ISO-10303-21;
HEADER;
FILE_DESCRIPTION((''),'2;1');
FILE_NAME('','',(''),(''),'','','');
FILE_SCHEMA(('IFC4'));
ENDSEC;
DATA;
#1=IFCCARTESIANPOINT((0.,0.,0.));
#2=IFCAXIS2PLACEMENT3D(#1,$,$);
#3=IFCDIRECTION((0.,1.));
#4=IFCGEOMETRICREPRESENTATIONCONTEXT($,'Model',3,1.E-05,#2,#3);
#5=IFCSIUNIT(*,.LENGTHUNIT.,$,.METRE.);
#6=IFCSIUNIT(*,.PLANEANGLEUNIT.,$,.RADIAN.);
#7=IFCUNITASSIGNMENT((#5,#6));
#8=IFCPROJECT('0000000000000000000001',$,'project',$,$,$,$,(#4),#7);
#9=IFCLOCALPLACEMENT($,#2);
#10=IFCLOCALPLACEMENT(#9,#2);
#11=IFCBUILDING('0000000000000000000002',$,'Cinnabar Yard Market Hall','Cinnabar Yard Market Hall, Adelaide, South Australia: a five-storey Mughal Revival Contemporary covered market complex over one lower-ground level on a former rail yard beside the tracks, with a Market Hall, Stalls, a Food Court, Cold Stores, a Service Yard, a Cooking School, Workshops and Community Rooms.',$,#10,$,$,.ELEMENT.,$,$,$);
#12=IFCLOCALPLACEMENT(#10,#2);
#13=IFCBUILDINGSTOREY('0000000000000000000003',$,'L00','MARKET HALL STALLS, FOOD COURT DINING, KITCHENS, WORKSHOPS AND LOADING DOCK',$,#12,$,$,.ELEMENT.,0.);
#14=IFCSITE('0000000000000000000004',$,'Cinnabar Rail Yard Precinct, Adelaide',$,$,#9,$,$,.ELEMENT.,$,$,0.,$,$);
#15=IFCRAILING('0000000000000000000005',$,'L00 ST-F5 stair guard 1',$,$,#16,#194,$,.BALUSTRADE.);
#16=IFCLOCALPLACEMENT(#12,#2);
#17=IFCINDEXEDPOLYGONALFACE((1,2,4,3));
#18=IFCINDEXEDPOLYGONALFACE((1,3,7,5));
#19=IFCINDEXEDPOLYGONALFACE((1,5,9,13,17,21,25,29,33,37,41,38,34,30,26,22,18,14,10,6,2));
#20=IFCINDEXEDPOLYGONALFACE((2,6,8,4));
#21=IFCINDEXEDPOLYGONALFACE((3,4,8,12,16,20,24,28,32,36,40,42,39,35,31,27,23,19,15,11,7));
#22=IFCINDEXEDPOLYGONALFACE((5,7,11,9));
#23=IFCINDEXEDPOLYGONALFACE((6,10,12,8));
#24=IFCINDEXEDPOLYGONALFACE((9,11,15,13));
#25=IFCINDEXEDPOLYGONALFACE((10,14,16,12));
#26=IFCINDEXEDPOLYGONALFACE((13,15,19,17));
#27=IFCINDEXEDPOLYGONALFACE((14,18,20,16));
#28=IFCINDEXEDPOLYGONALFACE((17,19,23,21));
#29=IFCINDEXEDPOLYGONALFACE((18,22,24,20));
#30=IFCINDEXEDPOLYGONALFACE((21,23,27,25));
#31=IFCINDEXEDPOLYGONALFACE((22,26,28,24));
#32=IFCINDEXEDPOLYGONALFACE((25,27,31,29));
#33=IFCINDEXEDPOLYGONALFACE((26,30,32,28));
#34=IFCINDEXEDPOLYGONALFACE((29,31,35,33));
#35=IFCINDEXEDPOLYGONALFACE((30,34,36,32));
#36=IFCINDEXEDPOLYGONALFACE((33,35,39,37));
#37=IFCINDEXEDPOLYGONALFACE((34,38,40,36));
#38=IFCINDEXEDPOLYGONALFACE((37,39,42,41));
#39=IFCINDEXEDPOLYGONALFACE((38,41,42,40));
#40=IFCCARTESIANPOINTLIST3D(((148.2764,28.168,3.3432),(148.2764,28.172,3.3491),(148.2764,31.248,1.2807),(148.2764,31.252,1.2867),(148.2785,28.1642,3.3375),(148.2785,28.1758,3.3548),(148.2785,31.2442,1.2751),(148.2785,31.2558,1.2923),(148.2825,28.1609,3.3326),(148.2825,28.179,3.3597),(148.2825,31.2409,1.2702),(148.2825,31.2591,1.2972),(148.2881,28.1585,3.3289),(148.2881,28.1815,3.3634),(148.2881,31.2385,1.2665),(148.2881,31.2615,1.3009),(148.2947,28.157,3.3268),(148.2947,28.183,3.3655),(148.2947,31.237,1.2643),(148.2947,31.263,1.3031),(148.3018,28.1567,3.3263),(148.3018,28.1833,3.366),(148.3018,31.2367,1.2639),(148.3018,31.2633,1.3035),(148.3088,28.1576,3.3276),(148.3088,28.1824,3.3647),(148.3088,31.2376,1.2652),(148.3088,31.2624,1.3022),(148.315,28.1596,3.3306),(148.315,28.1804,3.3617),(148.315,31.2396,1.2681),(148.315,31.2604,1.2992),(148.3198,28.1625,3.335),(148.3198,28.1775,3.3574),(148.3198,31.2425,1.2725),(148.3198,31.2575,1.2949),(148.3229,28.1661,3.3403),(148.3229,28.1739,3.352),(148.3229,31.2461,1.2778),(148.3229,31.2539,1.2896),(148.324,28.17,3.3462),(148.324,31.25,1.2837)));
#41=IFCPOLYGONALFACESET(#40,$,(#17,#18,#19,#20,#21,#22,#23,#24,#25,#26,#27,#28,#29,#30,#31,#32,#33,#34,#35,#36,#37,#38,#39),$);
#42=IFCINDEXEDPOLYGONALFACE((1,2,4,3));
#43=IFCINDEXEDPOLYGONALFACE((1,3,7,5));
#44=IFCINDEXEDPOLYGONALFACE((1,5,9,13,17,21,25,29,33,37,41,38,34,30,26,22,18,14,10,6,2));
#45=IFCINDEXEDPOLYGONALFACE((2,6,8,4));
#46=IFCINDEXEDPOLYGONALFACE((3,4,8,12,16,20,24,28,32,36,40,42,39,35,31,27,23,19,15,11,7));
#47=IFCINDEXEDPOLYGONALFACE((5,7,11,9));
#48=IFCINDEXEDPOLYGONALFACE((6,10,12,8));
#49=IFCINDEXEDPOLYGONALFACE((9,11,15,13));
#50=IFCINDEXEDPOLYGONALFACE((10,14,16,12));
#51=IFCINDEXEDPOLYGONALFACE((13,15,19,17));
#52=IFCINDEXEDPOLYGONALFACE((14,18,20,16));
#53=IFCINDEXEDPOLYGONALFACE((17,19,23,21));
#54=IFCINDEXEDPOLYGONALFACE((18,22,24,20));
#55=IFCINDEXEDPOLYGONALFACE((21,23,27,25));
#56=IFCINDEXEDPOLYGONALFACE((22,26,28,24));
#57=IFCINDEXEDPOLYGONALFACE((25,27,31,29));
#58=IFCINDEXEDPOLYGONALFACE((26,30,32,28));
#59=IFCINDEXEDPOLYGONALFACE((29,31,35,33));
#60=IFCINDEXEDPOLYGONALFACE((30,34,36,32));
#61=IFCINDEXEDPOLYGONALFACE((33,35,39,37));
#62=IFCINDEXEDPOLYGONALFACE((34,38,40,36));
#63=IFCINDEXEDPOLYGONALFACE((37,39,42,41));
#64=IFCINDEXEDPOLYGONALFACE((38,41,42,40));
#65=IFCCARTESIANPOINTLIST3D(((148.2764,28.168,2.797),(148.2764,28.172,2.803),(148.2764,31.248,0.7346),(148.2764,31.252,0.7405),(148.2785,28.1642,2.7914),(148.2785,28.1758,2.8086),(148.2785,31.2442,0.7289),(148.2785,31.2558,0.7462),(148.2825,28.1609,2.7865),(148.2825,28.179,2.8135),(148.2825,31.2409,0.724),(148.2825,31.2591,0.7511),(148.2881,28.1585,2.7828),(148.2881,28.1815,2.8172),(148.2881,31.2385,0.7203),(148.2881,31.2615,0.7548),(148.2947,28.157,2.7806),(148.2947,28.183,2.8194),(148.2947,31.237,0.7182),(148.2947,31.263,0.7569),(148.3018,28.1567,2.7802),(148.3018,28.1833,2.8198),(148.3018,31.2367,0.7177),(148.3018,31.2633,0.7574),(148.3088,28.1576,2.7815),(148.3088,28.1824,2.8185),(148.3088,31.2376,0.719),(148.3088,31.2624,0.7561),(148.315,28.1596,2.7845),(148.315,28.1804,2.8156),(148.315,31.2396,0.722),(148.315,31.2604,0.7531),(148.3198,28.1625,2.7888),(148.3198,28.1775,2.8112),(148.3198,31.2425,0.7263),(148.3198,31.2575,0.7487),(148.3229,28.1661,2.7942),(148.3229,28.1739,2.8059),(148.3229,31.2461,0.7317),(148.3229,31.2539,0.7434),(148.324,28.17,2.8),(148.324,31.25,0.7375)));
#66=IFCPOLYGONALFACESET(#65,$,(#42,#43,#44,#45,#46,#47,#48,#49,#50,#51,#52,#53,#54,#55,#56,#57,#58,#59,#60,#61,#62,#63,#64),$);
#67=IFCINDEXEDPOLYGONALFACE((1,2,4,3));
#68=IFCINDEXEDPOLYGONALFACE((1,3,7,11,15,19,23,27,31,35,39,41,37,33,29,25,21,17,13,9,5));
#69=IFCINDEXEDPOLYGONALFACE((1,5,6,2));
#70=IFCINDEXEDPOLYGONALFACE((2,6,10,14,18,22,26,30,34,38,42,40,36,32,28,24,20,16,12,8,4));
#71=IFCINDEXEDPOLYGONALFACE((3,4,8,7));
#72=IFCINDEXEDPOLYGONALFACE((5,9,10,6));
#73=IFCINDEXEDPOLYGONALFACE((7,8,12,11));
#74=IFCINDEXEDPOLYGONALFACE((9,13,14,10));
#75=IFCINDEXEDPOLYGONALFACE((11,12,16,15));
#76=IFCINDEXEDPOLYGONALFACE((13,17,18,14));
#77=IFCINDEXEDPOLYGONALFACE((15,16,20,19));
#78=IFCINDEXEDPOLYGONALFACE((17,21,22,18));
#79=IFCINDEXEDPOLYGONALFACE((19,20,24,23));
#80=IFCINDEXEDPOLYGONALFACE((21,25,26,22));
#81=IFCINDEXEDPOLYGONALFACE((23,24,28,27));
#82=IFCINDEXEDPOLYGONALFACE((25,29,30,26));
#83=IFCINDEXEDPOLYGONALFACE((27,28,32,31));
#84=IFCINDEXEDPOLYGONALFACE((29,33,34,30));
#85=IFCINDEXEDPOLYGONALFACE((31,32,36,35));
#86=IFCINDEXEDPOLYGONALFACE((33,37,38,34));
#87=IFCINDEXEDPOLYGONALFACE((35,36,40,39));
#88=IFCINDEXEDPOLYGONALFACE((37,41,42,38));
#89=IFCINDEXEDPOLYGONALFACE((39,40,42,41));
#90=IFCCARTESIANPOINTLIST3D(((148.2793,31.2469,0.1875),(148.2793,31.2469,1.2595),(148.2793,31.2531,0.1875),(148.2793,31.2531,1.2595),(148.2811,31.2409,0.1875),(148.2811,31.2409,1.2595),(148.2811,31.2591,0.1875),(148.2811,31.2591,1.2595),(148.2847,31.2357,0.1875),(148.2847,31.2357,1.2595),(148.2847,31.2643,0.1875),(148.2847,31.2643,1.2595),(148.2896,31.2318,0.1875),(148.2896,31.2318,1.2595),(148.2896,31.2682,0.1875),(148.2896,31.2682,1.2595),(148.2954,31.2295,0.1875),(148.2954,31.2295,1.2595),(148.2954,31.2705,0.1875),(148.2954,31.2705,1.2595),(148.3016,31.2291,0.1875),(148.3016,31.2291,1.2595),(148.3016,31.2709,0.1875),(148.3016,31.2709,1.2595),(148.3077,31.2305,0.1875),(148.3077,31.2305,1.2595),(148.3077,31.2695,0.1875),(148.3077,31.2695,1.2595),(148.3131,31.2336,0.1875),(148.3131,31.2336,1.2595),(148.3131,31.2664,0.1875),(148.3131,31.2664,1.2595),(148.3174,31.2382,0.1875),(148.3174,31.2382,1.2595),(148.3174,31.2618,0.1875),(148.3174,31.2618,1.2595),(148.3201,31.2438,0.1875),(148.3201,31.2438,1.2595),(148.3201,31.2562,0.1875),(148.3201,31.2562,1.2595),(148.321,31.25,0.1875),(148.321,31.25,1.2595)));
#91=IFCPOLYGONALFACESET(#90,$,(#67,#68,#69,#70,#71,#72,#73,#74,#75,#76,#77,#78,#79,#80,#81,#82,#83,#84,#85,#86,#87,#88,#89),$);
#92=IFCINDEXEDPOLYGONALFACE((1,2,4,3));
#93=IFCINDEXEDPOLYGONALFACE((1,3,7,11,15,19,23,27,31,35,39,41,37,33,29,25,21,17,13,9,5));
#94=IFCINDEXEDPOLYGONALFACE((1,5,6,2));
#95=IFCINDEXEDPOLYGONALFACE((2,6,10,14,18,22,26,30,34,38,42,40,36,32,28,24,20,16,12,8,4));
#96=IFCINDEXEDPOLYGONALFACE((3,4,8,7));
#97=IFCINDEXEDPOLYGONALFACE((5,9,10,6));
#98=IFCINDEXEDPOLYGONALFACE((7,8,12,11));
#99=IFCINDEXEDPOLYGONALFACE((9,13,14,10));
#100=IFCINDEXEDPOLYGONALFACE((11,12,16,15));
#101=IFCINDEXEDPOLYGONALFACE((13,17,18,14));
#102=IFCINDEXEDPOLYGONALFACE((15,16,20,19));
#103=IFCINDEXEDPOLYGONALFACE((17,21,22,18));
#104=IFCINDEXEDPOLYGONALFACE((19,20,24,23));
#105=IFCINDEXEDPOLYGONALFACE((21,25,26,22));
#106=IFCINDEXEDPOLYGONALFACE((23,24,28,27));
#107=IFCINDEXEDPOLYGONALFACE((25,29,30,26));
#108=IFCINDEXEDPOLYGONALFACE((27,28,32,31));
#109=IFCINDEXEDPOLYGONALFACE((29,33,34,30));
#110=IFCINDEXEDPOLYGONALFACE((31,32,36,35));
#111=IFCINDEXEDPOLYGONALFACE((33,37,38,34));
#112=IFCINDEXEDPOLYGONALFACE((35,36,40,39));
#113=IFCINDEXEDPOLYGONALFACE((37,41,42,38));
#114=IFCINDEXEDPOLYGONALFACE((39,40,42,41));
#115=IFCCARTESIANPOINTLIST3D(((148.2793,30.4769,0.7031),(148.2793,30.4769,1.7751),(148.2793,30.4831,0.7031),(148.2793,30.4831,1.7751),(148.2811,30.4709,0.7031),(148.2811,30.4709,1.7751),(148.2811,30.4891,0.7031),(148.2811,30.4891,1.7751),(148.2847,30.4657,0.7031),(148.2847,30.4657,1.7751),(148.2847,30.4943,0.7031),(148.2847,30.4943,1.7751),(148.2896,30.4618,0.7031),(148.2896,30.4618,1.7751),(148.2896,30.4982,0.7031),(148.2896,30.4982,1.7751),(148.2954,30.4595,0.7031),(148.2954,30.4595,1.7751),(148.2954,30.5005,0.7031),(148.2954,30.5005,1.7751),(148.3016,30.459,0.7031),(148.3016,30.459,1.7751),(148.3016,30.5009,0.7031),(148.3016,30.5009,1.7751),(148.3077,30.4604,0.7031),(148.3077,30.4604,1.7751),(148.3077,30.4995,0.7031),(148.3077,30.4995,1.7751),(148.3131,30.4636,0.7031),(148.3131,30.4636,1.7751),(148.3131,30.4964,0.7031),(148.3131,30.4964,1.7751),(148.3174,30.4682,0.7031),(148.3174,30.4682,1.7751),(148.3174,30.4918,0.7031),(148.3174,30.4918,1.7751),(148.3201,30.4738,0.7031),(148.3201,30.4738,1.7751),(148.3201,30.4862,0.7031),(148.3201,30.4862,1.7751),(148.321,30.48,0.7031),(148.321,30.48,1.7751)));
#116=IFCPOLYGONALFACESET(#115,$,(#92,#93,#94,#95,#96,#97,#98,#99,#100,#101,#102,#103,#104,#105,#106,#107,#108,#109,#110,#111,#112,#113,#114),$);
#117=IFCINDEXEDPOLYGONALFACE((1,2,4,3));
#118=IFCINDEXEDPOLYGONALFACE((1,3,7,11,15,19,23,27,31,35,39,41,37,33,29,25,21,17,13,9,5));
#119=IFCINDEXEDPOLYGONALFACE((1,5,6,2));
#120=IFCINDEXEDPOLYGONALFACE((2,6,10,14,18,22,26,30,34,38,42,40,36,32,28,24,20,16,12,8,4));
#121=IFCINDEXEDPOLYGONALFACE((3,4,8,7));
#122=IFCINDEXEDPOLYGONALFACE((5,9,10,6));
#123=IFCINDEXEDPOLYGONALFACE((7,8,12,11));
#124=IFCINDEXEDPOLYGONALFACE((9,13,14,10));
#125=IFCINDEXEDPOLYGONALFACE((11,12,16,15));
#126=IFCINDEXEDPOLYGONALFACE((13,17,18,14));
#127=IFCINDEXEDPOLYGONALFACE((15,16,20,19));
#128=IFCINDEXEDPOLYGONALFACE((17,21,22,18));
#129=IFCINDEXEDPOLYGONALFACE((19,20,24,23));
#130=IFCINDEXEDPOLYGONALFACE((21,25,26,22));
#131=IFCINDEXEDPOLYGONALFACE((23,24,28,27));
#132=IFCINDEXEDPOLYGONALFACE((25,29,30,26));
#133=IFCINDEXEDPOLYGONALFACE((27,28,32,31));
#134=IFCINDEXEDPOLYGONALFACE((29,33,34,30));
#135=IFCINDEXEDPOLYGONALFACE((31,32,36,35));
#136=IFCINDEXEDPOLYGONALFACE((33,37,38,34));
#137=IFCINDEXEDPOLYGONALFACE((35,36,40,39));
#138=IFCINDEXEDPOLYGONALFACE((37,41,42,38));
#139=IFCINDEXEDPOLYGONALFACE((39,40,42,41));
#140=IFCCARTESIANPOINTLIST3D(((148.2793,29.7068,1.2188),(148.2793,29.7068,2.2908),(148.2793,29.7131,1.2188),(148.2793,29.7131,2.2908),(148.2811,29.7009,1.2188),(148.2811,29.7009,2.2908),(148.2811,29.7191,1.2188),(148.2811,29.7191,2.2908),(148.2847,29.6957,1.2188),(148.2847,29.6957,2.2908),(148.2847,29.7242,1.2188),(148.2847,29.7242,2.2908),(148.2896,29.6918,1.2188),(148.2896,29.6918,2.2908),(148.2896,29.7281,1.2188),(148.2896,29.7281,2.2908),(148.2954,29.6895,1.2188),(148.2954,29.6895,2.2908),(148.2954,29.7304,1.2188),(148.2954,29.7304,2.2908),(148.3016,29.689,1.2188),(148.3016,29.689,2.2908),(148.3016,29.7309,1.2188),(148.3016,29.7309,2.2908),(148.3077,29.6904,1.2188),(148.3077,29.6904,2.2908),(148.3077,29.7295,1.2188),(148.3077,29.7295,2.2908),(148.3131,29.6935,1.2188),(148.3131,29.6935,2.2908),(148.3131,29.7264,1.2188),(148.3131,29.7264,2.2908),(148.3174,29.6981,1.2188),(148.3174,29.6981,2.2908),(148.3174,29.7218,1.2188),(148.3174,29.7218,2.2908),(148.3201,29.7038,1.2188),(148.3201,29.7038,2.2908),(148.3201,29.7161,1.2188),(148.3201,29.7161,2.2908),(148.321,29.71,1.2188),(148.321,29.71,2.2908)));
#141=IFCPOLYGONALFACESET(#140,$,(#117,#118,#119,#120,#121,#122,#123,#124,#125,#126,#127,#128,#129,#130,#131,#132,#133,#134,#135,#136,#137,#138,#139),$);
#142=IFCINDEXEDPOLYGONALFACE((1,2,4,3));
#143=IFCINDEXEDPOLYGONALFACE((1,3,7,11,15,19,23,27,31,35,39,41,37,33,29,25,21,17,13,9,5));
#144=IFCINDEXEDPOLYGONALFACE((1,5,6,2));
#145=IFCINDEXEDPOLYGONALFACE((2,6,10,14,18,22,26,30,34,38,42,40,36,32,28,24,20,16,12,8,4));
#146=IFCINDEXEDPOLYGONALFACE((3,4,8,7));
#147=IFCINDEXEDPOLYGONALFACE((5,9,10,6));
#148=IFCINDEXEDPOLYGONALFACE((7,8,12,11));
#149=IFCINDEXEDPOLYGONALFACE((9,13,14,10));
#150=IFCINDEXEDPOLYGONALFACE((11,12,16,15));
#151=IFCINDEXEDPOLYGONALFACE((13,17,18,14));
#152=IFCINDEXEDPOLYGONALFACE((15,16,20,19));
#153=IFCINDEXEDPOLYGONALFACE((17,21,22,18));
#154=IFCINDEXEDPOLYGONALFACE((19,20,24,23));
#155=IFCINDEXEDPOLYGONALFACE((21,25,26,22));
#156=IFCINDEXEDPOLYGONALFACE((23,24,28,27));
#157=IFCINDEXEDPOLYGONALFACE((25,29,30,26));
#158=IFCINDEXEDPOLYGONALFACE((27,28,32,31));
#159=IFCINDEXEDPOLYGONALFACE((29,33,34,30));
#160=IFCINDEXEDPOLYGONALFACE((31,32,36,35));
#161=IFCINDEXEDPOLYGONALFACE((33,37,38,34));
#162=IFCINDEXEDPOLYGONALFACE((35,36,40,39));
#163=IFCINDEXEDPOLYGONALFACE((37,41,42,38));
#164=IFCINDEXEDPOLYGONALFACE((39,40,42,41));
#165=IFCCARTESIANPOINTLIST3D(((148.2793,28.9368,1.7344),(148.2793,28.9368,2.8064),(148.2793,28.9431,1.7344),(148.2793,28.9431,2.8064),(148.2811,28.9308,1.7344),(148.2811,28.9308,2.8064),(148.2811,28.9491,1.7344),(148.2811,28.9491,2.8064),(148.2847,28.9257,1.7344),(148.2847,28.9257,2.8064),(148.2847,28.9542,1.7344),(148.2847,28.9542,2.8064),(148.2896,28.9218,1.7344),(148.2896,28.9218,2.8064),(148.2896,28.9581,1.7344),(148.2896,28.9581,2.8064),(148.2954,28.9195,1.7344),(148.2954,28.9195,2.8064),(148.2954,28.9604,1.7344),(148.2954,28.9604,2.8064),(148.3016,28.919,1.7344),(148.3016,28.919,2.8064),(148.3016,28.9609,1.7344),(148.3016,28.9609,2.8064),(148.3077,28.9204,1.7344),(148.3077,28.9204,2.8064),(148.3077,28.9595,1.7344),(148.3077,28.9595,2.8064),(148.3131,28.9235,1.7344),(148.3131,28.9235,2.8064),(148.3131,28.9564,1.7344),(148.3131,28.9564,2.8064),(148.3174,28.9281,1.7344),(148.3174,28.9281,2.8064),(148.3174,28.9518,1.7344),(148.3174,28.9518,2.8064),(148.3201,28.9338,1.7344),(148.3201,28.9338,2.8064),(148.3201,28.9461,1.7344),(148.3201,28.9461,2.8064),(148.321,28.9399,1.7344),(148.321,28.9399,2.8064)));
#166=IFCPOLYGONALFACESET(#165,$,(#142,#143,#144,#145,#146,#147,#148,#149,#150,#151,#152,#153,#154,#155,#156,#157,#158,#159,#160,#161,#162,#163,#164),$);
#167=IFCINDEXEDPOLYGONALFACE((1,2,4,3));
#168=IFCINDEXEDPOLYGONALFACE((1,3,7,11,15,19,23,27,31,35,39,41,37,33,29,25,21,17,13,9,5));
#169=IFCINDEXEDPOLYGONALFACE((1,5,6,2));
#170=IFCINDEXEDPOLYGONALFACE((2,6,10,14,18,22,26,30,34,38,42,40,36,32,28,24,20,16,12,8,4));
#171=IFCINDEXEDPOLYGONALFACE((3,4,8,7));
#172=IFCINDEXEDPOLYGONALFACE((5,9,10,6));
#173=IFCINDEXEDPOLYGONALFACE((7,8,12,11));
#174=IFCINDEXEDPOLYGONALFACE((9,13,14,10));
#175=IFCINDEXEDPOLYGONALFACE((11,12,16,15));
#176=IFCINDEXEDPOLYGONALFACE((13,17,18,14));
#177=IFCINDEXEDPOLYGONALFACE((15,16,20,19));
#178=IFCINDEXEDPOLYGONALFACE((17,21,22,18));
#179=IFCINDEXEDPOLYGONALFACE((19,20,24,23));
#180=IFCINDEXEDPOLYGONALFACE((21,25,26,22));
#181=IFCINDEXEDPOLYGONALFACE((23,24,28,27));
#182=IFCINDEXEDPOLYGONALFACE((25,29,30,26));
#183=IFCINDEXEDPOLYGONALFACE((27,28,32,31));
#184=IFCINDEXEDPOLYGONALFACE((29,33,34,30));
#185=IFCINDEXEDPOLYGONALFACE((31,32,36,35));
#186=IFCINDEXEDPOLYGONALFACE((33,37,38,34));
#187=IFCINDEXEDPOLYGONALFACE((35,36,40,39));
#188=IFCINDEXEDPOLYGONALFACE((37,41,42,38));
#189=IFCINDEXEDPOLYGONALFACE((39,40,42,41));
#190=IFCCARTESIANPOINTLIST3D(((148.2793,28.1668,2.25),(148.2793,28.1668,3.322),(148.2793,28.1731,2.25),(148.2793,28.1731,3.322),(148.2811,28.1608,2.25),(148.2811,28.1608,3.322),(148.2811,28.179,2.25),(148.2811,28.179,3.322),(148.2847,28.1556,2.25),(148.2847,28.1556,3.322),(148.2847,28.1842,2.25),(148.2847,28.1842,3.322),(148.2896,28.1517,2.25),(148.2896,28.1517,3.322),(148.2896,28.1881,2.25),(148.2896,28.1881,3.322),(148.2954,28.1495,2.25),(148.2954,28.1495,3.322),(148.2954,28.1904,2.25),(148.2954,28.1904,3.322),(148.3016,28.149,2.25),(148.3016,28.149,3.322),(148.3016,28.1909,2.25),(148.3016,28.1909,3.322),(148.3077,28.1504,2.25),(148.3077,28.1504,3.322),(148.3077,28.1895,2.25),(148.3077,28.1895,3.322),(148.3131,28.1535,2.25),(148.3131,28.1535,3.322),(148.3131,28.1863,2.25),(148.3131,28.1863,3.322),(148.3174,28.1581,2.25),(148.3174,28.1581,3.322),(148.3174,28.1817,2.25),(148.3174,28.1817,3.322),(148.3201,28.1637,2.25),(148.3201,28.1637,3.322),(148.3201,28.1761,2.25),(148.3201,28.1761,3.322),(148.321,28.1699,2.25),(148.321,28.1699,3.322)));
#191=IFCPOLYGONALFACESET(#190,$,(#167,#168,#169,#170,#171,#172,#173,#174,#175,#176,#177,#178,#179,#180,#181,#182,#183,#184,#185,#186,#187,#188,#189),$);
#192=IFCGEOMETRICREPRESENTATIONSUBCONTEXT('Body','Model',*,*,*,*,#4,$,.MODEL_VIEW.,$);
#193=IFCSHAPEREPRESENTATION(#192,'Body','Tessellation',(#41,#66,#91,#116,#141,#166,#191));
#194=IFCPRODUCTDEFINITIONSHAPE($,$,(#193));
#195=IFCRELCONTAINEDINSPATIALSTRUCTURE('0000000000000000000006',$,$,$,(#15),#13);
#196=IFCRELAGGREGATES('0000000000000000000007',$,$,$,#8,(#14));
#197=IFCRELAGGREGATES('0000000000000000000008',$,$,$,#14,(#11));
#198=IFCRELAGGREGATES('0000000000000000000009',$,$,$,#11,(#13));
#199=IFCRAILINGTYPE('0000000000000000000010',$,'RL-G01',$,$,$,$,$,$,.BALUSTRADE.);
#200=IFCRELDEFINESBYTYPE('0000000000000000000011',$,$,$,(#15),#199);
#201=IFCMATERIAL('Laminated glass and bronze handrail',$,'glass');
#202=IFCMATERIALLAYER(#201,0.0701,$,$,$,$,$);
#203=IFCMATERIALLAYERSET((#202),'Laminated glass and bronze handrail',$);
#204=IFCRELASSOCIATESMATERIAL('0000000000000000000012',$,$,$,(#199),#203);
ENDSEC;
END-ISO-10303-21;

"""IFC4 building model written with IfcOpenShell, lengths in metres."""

from ifc_helpers import new_model, si_unit, direction, frame, origin, origin_2d_with_axis, place, context, subcontext, project, spatial, circle, extrude, material, layer, layer_set, type_object, element, save


model = new_model("IFC4")

# Units and contexts
model_context = context("Model", 3, precision=1e-05, world=origin(), true_north=direction((0.0, 1.0)))
body_context = subcontext(model_context, "Body", "Model", "MODEL_VIEW")
ifc_project = project(units=[si_unit("LENGTHUNIT", "METRE"), si_unit("PLANEANGLEUNIT", "RADIAN")], contexts=[model_context])

# Site, building, storey
site_placement = place(None, origin())
site = spatial("IfcSite", under=ifc_project, at=site_placement, Name="Cinnabar Rail Yard Precinct, Adelaide", CompositionType="ELEMENT", RefElevation=0.0)
building_placement = place(site_placement, origin())
building = spatial("IfcBuilding", under=site, at=building_placement, Name="Cinnabar Yard Market Hall", Description="Cinnabar Yard Market Hall, Adelaide, South Australia: a five-storey Mughal Revival Contemporary covered market complex over one lower-ground level on a former rail yard beside the tracks, with a Market Hall, Stalls, a Food Court, Cold Stores, a Service Yard, a Cooking School, Workshops and Community Rooms.", CompositionType="ELEMENT")
storey_placement = place(building_placement, origin())
storey = spatial("IfcBuildingStorey", under=building, at=storey_placement, Name="L00", Description="MARKET HALL STALLS, FOOD COURT DINING, KITCHENS, WORKSHOPS AND LOADING DOCK", CompositionType="ELEMENT", Elevation=0.0)

# Railing
ifc_material_1 = material(Name="Laminated glass and bronze handrail", Category="glass")
ifc_layer_1 = layer(ifc_material_1, 0.0701)
ifc_layer_set_1 = layer_set([ifc_layer_1], Name="Laminated glass and bronze handrail")
railing_type_1 = type_object("IfcRailingType", Name="RL-G01", PredefinedType="BALUSTRADE", material=ifc_layer_set_1)
railing_1_placement = place(storey_placement, frame((148.3, 31.25, 0.1875)))
element("IfcRailing", 1, at=railing_1_placement, inside=storey, type_object=railing_type_1, Name="L00 ST-F5 stair guard 1", PredefinedType="BALUSTRADE", context=body_context, shape_type="SweptSolid", body=[
    extrude(circle(Radius=0.0239, at=origin_2d_with_axis()), frame((0.0, 0.0, 1.0962), z_axis=(0.0, -0.830914, 0.556401), x_axis=(1.0, 0.0, 0.0)), (0.0, 0.0, 1.0), 3.7068),
    extrude(circle(Radius=0.0239, at=origin_2d_with_axis()), frame((0.0, 0.0, 0.55), z_axis=(0.0, -0.830914, 0.556401), x_axis=(1.0, 0.0, 0.0)), (0.0, 0.0, 1.0), 3.7068),
    extrude(circle(Radius=0.021, at=origin_2d_with_axis()), origin(), (0.0, 0.0, 1.0), 1.072),
    extrude(circle(Radius=0.021, at=origin_2d_with_axis()), frame((0.0, -0.77, 0.5156)), (0.0, 0.0, 1.0), 1.072),
    extrude(circle(Radius=0.021, at=origin_2d_with_axis()), frame((0.0, -1.54, 1.0312)), (0.0, 0.0, 1.0), 1.072),
    extrude(circle(Radius=0.021, at=origin_2d_with_axis()), frame((0.0, -2.3101, 1.5469)), (0.0, 0.0, 1.0), 1.072),
    extrude(circle(Radius=0.021, at=origin_2d_with_axis()), frame((0.0, -3.0801, 2.0625)), (0.0, 0.0, 1.0), 1.072),
])

save(model, "model.ifc")
